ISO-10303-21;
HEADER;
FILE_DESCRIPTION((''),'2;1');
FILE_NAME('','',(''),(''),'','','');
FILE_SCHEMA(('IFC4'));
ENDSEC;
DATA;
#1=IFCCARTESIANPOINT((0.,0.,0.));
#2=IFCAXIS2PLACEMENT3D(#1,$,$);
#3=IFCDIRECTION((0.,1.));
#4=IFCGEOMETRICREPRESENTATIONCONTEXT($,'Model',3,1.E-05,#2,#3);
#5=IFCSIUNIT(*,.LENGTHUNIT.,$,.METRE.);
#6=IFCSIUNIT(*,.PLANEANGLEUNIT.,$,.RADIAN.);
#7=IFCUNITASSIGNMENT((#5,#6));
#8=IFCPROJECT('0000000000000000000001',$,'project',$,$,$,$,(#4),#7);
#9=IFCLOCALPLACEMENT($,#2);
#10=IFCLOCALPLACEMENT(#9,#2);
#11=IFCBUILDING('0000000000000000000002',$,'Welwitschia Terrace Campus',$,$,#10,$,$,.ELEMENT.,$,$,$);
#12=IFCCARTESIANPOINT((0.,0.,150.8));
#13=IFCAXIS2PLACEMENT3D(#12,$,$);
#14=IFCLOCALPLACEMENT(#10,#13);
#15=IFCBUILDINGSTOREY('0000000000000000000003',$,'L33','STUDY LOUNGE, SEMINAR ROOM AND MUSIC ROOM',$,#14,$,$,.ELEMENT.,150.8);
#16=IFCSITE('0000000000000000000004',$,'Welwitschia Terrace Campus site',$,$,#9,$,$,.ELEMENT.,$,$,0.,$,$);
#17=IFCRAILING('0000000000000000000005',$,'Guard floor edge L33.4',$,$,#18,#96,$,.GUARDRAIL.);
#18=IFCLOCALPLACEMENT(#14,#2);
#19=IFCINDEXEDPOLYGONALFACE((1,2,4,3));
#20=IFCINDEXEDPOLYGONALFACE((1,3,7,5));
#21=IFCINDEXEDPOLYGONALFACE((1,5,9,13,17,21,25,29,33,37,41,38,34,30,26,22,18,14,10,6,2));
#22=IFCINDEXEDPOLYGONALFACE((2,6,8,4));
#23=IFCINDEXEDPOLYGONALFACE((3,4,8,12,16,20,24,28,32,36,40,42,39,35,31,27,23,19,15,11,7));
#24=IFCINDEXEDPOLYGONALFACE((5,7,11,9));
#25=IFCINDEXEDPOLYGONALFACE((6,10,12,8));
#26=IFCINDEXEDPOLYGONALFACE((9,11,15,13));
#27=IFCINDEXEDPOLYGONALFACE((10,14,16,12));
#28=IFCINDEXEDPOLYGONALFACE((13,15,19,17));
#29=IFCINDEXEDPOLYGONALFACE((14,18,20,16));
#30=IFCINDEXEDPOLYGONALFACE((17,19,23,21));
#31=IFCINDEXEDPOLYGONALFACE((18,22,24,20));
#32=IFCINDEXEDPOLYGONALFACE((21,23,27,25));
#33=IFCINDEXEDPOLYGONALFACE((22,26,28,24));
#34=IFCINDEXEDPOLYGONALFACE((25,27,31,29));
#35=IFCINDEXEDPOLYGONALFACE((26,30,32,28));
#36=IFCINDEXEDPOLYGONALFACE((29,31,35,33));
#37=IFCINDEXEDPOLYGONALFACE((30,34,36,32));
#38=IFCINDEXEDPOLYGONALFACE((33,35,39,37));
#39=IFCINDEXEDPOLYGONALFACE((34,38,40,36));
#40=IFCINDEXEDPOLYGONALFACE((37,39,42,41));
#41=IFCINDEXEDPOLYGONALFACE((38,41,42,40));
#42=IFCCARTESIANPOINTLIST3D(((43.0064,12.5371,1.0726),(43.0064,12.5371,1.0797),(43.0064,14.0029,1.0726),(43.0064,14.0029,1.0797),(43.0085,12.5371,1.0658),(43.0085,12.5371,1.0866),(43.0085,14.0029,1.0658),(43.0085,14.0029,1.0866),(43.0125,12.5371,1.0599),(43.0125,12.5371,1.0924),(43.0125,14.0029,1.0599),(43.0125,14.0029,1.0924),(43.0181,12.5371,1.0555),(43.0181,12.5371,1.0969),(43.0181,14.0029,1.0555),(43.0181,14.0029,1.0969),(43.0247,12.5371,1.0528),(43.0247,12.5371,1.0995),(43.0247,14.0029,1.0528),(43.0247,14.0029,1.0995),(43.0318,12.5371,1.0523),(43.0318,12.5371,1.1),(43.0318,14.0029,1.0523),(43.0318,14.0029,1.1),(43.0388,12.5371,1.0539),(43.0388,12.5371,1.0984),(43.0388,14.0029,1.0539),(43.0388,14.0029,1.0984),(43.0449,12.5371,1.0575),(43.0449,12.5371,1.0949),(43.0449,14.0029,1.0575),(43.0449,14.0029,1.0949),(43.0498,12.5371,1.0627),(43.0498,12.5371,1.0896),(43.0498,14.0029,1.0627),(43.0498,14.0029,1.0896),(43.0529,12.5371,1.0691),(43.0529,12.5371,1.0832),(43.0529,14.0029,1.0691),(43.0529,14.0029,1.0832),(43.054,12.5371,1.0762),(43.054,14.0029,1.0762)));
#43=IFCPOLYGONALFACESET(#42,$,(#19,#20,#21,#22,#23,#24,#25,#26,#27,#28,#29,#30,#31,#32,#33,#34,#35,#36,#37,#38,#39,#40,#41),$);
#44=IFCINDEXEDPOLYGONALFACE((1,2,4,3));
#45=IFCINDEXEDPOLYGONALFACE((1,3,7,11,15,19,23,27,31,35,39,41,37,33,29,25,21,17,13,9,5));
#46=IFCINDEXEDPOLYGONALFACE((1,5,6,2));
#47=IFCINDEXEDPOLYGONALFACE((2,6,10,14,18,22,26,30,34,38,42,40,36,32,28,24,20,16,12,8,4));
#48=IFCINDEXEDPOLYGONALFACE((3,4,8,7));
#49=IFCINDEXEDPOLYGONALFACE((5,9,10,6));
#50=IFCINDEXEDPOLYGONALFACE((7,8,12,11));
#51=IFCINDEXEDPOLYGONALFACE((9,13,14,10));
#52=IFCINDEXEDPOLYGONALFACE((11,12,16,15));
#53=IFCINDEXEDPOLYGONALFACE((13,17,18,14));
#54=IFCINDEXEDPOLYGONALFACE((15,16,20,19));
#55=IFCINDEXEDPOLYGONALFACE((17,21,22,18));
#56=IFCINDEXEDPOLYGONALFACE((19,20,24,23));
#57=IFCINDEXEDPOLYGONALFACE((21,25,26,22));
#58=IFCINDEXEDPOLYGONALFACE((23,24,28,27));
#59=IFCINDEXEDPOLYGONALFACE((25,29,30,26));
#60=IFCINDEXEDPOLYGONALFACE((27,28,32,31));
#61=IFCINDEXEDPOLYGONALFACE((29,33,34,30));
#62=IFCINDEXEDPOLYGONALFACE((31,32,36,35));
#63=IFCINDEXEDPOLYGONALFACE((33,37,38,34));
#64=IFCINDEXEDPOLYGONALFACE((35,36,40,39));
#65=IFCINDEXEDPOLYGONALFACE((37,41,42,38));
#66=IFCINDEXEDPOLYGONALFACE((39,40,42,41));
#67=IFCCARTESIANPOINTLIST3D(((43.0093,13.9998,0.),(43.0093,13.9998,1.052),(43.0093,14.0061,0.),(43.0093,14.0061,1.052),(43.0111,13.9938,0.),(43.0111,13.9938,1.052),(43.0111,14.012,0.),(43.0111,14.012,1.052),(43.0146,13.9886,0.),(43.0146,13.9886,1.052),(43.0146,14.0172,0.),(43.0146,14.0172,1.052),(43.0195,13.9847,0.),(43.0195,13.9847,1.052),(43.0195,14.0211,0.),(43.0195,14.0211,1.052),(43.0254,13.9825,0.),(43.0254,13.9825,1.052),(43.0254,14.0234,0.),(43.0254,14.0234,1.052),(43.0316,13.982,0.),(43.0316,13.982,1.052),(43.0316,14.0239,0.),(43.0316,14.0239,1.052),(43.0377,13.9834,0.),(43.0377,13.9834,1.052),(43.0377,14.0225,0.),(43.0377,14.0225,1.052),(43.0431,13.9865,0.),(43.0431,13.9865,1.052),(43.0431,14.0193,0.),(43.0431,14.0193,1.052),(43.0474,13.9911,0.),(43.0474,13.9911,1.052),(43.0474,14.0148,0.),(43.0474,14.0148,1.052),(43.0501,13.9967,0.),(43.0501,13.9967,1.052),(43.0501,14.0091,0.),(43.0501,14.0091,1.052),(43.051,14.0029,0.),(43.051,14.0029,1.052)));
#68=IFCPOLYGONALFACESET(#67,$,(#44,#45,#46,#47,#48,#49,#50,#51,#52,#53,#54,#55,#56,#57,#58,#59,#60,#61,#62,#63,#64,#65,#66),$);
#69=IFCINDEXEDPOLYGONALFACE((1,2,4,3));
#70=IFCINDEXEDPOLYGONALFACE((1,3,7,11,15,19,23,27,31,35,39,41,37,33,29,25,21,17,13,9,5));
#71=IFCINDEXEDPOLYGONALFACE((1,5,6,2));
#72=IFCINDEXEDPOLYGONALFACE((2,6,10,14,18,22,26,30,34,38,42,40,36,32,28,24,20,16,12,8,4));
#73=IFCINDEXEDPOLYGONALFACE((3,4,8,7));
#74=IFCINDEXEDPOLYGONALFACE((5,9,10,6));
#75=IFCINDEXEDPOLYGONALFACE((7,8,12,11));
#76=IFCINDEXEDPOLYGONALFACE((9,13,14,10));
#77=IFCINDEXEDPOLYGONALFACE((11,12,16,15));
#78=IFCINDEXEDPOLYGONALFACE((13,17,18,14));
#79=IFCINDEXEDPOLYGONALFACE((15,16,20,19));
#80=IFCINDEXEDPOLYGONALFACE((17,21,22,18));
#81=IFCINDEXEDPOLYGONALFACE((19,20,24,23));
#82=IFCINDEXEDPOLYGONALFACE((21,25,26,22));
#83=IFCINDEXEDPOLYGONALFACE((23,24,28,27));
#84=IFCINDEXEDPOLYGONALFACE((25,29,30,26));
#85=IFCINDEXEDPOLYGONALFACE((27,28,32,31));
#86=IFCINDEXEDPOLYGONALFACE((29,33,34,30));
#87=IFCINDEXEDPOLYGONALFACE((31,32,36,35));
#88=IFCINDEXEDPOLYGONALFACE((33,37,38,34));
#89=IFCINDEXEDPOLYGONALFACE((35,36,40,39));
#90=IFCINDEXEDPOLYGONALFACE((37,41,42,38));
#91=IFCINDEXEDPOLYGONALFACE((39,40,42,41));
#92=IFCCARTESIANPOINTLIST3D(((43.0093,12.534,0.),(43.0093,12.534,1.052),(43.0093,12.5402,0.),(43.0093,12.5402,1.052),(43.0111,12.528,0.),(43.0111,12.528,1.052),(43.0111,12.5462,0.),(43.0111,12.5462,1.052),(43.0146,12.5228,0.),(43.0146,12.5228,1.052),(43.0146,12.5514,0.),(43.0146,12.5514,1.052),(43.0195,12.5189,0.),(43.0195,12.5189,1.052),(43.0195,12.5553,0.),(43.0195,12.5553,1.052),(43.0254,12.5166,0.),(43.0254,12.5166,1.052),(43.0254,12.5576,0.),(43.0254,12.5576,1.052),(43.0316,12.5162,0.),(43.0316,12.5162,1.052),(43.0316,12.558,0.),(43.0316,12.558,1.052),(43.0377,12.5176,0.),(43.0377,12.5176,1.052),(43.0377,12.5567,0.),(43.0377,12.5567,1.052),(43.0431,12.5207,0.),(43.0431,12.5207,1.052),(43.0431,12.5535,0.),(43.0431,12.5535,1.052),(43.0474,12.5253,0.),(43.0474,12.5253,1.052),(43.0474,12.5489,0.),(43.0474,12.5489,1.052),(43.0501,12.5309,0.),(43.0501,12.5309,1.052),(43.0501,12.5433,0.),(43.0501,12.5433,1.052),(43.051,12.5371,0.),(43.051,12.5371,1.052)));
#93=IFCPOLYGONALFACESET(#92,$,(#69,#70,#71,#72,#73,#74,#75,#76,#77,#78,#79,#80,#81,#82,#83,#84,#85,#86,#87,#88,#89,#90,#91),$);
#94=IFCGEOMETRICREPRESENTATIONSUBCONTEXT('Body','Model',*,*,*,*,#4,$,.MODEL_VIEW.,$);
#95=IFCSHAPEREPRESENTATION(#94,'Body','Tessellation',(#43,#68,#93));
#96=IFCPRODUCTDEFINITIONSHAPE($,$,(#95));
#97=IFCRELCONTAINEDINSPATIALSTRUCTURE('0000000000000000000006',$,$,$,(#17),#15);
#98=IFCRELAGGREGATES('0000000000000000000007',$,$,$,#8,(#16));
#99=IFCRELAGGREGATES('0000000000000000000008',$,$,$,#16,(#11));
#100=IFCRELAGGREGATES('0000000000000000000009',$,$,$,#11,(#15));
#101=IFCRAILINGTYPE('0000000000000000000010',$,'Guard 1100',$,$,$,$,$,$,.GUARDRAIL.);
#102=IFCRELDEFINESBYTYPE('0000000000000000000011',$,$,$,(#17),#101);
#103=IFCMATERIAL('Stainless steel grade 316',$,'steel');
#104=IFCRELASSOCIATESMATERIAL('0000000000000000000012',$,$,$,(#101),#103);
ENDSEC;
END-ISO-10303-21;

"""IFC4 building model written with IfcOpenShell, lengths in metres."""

from ifc_helpers import new_model, si_unit, direction, frame, origin, origin_2d, place, context, subcontext, project, spatial, circle, extrude, material, type_object, element, save


model = new_model("IFC4")

# Units and contexts
model_context = context("Model", 3, precision=1e-05, world=origin(), true_north=direction((0.0, 1.0)))
body_context = subcontext(model_context, "Body", "Model", "MODEL_VIEW")
ifc_project = project(units=[si_unit("LENGTHUNIT", "METRE"), si_unit("PLANEANGLEUNIT", "RADIAN")], contexts=[model_context])

# Site, building, storey
site_placement = place(None, origin())
site = spatial("IfcSite", under=ifc_project, at=site_placement, Name="Welwitschia Terrace Campus site", CompositionType="ELEMENT", RefElevation=0.0)
building_placement = place(site_placement, origin())
building = spatial("IfcBuilding", under=site, at=building_placement, Name="Welwitschia Terrace Campus", CompositionType="ELEMENT")
storey_placement = place(building_placement, frame((0.0, 0.0, 150.8)))
storey = spatial("IfcBuildingStorey", under=building, at=storey_placement, Name="L33", Description="STUDY LOUNGE, SEMINAR ROOM AND MUSIC ROOM", CompositionType="ELEMENT", Elevation=150.8)

# Railing
ifc_material_1 = material(Name="Stainless steel grade 316", Category="steel")
railing_type = type_object("IfcRailingType", Name="Guard 1100", PredefinedType="GUARDRAIL", material=ifc_material_1)
railing_1_placement = place(storey_placement, frame((43.03, 14.0029, 0.0)))
element("IfcRailing", 1, at=railing_1_placement, inside=storey, type_object=railing_type, Name="Guard floor edge L33.4", PredefinedType="GUARDRAIL", context=body_context, shape_type="SweptSolid", body=[
    extrude(circle(Radius=0.0239, at=origin_2d()), frame((0.0, 0.0, 1.0762), z_axis=(0.0, -1.0, 0.0), x_axis=(1.0, 0.0, 0.0)), (0.0, 0.0, 1.0), 1.4658),
    extrude(circle(Radius=0.021, at=origin_2d()), origin(), (0.0, 0.0, 1.0), 1.052),
    extrude(circle(Radius=0.021, at=origin_2d()), frame((0.0, -1.4658, 0.0)), (0.0, 0.0, 1.0), 1.052),
])

save(model, "model.ifc")
